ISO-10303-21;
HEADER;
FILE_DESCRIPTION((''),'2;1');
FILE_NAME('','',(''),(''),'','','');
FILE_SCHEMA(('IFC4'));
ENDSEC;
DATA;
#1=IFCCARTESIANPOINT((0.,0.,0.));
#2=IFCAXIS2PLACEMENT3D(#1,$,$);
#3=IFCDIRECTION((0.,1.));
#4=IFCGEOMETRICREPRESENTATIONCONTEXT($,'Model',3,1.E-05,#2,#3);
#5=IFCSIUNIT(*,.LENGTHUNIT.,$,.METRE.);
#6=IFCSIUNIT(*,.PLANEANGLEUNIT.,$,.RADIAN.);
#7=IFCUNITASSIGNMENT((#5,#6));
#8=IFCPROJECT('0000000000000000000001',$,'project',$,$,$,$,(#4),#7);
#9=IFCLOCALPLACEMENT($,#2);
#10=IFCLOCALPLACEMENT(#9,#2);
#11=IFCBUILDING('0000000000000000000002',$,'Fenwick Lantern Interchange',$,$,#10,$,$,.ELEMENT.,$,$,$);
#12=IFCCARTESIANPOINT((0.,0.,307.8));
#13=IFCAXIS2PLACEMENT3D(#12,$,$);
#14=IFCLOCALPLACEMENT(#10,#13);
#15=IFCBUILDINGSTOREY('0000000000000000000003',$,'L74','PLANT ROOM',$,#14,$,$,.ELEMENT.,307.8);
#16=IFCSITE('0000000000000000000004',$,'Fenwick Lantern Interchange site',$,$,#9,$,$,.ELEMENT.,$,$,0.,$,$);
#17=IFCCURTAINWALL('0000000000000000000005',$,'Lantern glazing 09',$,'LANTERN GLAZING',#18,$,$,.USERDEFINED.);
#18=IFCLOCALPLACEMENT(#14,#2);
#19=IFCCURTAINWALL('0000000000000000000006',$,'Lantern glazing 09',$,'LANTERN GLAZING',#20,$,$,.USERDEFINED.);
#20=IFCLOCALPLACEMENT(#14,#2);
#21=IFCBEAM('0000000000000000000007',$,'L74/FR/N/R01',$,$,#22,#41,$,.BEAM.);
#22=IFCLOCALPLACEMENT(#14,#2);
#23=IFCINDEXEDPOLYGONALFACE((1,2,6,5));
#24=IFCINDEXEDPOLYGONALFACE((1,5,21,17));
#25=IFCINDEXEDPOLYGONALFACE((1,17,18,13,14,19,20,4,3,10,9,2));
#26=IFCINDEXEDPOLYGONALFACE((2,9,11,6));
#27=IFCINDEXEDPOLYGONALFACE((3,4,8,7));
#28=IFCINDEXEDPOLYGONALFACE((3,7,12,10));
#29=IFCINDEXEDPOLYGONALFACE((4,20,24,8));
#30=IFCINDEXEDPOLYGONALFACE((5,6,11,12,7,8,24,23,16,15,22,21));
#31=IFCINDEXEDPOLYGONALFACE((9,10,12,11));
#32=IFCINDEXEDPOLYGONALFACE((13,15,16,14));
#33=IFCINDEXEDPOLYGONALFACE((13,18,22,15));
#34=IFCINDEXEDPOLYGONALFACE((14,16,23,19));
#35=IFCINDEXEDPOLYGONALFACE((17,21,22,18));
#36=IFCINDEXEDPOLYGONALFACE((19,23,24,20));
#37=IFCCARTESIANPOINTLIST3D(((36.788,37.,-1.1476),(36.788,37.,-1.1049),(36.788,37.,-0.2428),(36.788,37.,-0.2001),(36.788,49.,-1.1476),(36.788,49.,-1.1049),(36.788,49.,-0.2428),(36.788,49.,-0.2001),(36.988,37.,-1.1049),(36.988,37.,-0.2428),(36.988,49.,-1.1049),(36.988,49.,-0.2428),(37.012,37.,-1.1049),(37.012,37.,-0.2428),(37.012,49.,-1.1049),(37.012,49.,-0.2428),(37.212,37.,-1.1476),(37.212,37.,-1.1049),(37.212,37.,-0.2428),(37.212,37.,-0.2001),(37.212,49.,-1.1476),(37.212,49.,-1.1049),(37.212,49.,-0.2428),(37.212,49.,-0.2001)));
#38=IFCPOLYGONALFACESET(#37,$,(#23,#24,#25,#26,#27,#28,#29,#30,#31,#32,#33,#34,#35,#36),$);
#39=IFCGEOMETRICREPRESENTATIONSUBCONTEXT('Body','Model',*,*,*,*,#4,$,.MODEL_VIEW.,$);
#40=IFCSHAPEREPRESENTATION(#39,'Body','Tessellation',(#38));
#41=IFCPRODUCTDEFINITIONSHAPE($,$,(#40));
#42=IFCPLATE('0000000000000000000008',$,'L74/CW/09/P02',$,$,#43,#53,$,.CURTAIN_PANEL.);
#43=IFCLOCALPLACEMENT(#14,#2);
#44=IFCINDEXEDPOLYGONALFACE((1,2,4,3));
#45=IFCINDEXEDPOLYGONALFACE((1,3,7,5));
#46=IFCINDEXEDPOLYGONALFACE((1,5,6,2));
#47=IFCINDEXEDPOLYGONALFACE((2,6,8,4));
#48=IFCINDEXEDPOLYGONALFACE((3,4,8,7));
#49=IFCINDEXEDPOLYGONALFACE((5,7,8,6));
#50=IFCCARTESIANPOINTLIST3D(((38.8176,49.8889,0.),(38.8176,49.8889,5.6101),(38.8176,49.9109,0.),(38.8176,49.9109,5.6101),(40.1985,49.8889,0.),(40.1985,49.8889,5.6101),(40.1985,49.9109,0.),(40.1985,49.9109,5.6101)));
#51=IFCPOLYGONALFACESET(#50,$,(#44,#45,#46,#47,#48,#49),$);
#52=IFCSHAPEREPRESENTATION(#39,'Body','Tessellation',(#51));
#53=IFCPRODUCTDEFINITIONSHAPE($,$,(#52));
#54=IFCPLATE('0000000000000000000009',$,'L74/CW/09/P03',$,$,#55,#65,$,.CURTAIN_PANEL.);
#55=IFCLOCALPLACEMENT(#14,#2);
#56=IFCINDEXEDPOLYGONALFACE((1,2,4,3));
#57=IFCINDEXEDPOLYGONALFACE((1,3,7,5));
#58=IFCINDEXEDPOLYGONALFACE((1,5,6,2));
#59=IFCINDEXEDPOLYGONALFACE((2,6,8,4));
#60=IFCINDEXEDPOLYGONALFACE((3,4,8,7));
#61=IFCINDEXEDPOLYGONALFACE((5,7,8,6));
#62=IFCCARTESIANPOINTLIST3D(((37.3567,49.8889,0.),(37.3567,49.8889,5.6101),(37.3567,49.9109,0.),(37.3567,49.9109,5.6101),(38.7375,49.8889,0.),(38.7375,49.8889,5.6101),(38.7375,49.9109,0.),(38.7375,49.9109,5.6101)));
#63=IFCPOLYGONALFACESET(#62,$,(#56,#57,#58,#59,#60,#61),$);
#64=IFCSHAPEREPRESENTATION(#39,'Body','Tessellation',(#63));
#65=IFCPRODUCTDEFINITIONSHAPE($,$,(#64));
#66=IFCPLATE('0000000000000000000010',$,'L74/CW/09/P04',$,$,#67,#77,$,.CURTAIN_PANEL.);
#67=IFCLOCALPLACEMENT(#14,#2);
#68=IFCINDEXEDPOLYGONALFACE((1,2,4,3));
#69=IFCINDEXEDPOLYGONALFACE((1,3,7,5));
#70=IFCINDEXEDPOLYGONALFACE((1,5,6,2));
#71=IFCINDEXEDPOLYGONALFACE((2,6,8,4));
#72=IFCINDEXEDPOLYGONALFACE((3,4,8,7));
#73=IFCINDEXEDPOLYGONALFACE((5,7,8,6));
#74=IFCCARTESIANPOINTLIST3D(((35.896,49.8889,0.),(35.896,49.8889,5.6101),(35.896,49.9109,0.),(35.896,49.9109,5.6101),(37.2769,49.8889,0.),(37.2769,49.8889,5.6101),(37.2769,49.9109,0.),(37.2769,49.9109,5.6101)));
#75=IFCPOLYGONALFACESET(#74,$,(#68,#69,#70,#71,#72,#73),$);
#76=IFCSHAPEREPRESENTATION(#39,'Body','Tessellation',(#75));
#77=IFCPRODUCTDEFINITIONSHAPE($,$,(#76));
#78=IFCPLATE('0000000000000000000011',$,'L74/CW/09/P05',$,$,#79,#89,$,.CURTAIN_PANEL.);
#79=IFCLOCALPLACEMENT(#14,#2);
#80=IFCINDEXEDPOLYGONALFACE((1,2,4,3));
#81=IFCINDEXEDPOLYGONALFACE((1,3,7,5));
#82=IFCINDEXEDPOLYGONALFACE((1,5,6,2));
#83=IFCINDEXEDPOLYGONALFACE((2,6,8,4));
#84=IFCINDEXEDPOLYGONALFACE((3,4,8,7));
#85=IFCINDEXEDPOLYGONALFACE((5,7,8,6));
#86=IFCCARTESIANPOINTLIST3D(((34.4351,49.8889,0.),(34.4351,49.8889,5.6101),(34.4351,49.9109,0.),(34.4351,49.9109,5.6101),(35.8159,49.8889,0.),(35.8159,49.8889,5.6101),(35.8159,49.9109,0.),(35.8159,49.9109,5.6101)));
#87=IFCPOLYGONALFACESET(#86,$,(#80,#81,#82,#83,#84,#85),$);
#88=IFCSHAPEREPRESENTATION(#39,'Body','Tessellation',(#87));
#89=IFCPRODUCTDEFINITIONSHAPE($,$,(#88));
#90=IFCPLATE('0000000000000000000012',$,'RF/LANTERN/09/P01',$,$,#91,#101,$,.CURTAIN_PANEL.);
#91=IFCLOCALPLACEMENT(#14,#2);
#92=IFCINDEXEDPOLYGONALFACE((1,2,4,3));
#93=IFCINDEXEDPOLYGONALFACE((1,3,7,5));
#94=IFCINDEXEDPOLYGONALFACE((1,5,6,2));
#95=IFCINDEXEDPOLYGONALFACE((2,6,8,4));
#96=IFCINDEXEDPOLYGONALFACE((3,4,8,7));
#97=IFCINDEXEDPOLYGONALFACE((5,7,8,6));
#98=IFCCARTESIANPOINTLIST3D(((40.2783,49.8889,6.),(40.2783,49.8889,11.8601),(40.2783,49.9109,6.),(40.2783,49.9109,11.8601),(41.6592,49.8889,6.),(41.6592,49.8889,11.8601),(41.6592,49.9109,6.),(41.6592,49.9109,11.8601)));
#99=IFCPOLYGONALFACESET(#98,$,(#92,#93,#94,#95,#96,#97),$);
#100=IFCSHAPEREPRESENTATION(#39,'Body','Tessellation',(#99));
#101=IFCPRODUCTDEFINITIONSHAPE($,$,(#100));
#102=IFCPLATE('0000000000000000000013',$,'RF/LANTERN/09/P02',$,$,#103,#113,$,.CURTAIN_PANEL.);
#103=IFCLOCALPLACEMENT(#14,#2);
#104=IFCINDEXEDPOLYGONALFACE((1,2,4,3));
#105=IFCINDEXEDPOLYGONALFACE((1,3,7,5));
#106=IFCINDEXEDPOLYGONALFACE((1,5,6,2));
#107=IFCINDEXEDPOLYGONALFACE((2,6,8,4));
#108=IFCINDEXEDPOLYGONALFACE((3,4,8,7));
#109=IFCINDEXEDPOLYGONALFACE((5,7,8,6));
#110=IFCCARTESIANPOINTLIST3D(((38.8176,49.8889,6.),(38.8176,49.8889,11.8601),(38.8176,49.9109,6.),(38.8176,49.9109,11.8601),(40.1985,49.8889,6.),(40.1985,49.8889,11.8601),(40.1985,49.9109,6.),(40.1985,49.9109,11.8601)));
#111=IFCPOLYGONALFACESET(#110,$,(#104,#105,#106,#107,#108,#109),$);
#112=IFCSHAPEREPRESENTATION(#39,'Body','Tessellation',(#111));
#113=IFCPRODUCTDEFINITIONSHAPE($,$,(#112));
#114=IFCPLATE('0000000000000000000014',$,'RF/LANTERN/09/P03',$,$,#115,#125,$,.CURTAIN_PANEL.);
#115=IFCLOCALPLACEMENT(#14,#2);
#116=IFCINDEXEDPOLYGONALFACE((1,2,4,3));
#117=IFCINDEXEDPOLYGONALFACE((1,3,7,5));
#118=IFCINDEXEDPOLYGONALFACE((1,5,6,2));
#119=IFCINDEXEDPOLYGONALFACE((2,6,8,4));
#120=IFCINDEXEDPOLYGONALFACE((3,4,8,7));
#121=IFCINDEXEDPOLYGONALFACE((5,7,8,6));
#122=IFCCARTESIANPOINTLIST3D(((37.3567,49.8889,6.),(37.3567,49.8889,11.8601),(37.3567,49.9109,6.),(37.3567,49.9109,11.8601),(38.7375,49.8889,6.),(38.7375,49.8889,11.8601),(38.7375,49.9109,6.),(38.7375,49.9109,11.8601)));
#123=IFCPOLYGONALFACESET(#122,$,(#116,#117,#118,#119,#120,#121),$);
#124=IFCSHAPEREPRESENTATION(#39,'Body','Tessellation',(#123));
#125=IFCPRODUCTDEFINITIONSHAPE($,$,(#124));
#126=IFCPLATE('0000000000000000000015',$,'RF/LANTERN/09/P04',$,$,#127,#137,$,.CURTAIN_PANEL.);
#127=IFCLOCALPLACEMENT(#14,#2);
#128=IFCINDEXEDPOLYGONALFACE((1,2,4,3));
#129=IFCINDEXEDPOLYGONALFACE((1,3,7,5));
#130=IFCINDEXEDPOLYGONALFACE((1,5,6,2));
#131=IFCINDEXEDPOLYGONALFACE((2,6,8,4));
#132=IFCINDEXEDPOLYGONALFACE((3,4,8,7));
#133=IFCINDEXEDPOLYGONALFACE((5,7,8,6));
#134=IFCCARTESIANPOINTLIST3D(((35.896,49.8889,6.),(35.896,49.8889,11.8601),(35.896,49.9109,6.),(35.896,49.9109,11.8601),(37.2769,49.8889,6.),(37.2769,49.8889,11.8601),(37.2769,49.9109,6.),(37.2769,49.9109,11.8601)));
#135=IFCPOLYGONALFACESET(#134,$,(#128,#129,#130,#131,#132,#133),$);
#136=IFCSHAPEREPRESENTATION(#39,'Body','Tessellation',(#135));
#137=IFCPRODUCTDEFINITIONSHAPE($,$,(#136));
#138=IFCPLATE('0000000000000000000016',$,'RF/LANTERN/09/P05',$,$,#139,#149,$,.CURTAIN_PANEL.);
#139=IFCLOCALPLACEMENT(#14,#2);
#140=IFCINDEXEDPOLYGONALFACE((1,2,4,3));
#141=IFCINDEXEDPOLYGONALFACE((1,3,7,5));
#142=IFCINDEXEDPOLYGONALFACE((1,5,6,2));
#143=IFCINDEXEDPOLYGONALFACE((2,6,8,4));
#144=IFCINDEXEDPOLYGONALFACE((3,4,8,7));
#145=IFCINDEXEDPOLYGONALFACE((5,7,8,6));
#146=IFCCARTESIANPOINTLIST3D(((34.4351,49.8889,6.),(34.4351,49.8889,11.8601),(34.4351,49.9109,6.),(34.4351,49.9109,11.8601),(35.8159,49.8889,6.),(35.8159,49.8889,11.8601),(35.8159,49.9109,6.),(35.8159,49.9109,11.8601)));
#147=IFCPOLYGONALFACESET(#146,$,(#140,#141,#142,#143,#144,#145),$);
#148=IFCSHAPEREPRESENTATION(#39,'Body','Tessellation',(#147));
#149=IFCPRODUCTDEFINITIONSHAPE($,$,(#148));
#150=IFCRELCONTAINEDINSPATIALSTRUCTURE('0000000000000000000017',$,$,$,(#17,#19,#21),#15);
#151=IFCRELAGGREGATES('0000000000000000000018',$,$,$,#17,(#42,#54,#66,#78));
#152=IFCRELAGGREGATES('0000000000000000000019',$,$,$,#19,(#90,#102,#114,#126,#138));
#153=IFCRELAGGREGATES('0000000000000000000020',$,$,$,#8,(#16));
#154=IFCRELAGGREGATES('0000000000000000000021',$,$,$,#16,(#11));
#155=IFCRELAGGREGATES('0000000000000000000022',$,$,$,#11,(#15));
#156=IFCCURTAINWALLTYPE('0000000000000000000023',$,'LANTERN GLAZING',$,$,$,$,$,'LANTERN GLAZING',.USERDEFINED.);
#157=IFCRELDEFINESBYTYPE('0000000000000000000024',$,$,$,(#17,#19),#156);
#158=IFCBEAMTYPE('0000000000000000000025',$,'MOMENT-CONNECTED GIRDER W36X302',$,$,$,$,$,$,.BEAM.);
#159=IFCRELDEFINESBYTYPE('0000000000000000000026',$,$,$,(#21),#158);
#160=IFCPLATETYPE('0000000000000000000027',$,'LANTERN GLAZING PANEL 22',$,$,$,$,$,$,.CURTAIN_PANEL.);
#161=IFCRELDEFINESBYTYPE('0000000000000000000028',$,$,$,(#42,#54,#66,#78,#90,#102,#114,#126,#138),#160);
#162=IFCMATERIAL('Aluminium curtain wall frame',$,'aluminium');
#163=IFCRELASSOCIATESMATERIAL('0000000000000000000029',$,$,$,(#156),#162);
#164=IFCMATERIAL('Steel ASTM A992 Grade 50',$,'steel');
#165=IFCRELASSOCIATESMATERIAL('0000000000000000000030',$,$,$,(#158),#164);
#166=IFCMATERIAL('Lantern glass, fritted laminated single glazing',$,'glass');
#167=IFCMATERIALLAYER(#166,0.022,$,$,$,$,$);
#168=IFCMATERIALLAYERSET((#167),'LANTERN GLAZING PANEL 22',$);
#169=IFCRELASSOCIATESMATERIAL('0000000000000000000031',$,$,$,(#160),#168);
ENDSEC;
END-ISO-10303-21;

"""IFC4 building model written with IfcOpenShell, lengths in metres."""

from ifc_helpers import new_model, si_unit, direction, frame, origin, origin_2d, place, context, subcontext, project, spatial, rectangle, i_section, extrude, material, layer, layer_set, material_profile, profile_set, type_object, element, aggregate, save


model = new_model("IFC4")

# Units and contexts
model_context = context("Model", 3, precision=1e-05, world=origin(), true_north=direction((0.0, 1.0)))
body_context = subcontext(model_context, "Body", "Model", "MODEL_VIEW")
ifc_project = project(units=[si_unit("LENGTHUNIT", "METRE"), si_unit("PLANEANGLEUNIT", "RADIAN")], contexts=[model_context])

# Site, building, storey
site_placement = place(None, origin())
site = spatial("IfcSite", under=ifc_project, at=site_placement, Name="Fenwick Lantern Interchange site", CompositionType="ELEMENT", RefElevation=0.0)
building_placement = place(site_placement, origin())
building = spatial("IfcBuilding", under=site, at=building_placement, Name="Fenwick Lantern Interchange", CompositionType="ELEMENT")
storey_placement = place(building_placement, frame((0.0, 0.0, 307.8)))
storey = spatial("IfcBuildingStorey", under=building, at=storey_placement, Name="L74", Description="PLANT ROOM", CompositionType="ELEMENT", Elevation=307.8)

# Shared definitions
ifc_material_1 = material(Name="Steel ASTM A992 Grade 50", Category="steel")

# Curtain walls
ifc_material_2 = material(Name="Aluminium curtain wall frame", Category="aluminium")
curtain_wall_type = type_object("IfcCurtainWallType", Name="LANTERN GLAZING", ElementType="LANTERN GLAZING", PredefinedType="USERDEFINED", material=ifc_material_2)
curtain_wall_1_placement = place(storey_placement, origin())
curtain_wall_1 = element("IfcCurtainWall", 1, at=curtain_wall_1_placement, inside=storey, type_object=curtain_wall_type, Name="Lantern glazing 09", ObjectType="LANTERN GLAZING", PredefinedType="USERDEFINED")
curtain_wall_2_placement = place(storey_placement, origin())
curtain_wall_2 = element("IfcCurtainWall", 2, at=curtain_wall_2_placement, inside=storey, type_object=curtain_wall_type, Name="Lantern glazing 09", ObjectType="LANTERN GLAZING", PredefinedType="USERDEFINED")

# Beam
ifc_material_profile_1 = material_profile(ifc_material_1, i_section(OverallWidth=0.4241, OverallDepth=0.9475, WebThickness=0.0239, FlangeThickness=0.0427, at=origin_2d()), Name="W36X302")
ifc_profile_set_1 = profile_set([ifc_material_profile_1], Name="Steel ASTM A992 Grade 50")
beam_type_1 = type_object("IfcBeamType", Name="MOMENT-CONNECTED GIRDER W36X302", PredefinedType="BEAM", material=ifc_profile_set_1)
beam_1_placement = place(storey_placement, frame((37.0, 49.0, -0.6738), z_axis=(0.0, -1.0, 0.0), x_axis=(1.0, 0.0, 0.0)))
element("IfcBeam", 3, at=beam_1_placement, inside=storey, type_object=beam_type_1, Name="L74/FR/N/R01", PredefinedType="BEAM", context=body_context, shape_type="SweptSolid", body=[
    extrude(i_section(OverallWidth=0.4241, OverallDepth=0.9475, WebThickness=0.0239, FlangeThickness=0.0427, at=origin_2d()), origin(), (0.0, 0.0, 1.0), 12.0),
])

# Plates
ifc_material_3 = material(Name="Lantern glass, fritted laminated single glazing", Category="glass")
ifc_layer = layer(ifc_material_3, 0.022)
ifc_layer_set = layer_set([ifc_layer], Name="LANTERN GLAZING PANEL 22")
plate_type = type_object("IfcPlateType", Name="LANTERN GLAZING PANEL 22", PredefinedType="CURTAIN_PANEL", material=ifc_layer_set)
plate_1_placement = place(storey_placement, frame((39.5081, 49.8999, 0.0), z_axis=(0.0, 0.0, 1.0), x_axis=(-1.0, 0.0, 0.0)))
plate_1 = element("IfcPlate", 4, at=plate_1_placement, type_object=plate_type, Name="L74/CW/09/P02", PredefinedType="CURTAIN_PANEL", context=body_context, shape_type="SweptSolid", body=[
    extrude(rectangle(XDim=1.3809, YDim=0.022, at=origin_2d()), origin(), (0.0, 0.0, 1.0), 5.6101),
])
plate_2_placement = place(storey_placement, frame((38.0471, 49.8999, 0.0), z_axis=(0.0, 0.0, 1.0), x_axis=(-1.0, 0.0, 0.0)))
plate_2 = element("IfcPlate", 5, at=plate_2_placement, type_object=plate_type, Name="L74/CW/09/P03", PredefinedType="CURTAIN_PANEL", context=body_context, shape_type="SweptSolid", body=[
    extrude(rectangle(XDim=1.3809, YDim=0.022, at=origin_2d()), origin(), (0.0, 0.0, 1.0), 5.6101),
])
plate_3_placement = place(storey_placement, frame((36.5864, 49.8999, 0.0), z_axis=(0.0, 0.0, 1.0), x_axis=(-1.0, 0.0, 0.0)))
plate_3 = element("IfcPlate", 6, at=plate_3_placement, type_object=plate_type, Name="L74/CW/09/P04", PredefinedType="CURTAIN_PANEL", context=body_context, shape_type="SweptSolid", body=[
    extrude(rectangle(XDim=1.3809, YDim=0.022, at=origin_2d()), origin(), (0.0, 0.0, 1.0), 5.6101),
])
plate_4_placement = place(storey_placement, frame((35.1255, 49.8999, 0.0), z_axis=(0.0, 0.0, 1.0), x_axis=(-1.0, 0.0, 0.0)))
plate_4 = element("IfcPlate", 7, at=plate_4_placement, type_object=plate_type, Name="L74/CW/09/P05", PredefinedType="CURTAIN_PANEL", context=body_context, shape_type="SweptSolid", body=[
    extrude(rectangle(XDim=1.3809, YDim=0.022, at=origin_2d()), origin(), (0.0, 0.0, 1.0), 5.6101),
])
aggregate(curtain_wall_1, [plate_1, plate_2, plate_3, plate_4])
plate_5_placement = place(storey_placement, frame((40.9688, 49.8999, 6.0), z_axis=(0.0, 0.0, 1.0), x_axis=(-1.0, 0.0, 0.0)))
plate_5 = element("IfcPlate", 8, at=plate_5_placement, type_object=plate_type, Name="RF/LANTERN/09/P01", PredefinedType="CURTAIN_PANEL", context=body_context, shape_type="SweptSolid", body=[
    extrude(rectangle(XDim=1.3809, YDim=0.022, at=origin_2d()), origin(), (0.0, 0.0, 1.0), 5.8601),
])
plate_6_placement = place(storey_placement, frame((39.5081, 49.8999, 6.0), z_axis=(0.0, 0.0, 1.0), x_axis=(-1.0, 0.0, 0.0)))
plate_6 = element("IfcPlate", 9, at=plate_6_placement, type_object=plate_type, Name="RF/LANTERN/09/P02", PredefinedType="CURTAIN_PANEL", context=body_context, shape_type="SweptSolid", body=[
    extrude(rectangle(XDim=1.3809, YDim=0.022, at=origin_2d()), origin(), (0.0, 0.0, 1.0), 5.8601),
])
plate_7_placement = place(storey_placement, frame((38.0471, 49.8999, 6.0), z_axis=(0.0, 0.0, 1.0), x_axis=(-1.0, 0.0, 0.0)))
plate_7 = element("IfcPlate", 10, at=plate_7_placement, type_object=plate_type, Name="RF/LANTERN/09/P03", PredefinedType="CURTAIN_PANEL", context=body_context, shape_type="SweptSolid", body=[
    extrude(rectangle(XDim=1.3809, YDim=0.022, at=origin_2d()), origin(), (0.0, 0.0, 1.0), 5.8601),
])
plate_8_placement = place(storey_placement, frame((36.5864, 49.8999, 6.0), z_axis=(0.0, 0.0, 1.0), x_axis=(-1.0, 0.0, 0.0)))
plate_8 = element("IfcPlate", 11, at=plate_8_placement, type_object=plate_type, Name="RF/LANTERN/09/P04", PredefinedType="CURTAIN_PANEL", context=body_context, shape_type="SweptSolid", body=[
    extrude(rectangle(XDim=1.3809, YDim=0.022, at=origin_2d()), origin(), (0.0, 0.0, 1.0), 5.8601),
])
plate_9_placement = place(storey_placement, frame((35.1255, 49.8999, 6.0), z_axis=(0.0, 0.0, 1.0), x_axis=(-1.0, 0.0, 0.0)))
plate_9 = element("IfcPlate", 12, at=plate_9_placement, type_object=plate_type, Name="RF/LANTERN/09/P05", PredefinedType="CURTAIN_PANEL", context=body_context, shape_type="SweptSolid", body=[
    extrude(rectangle(XDim=1.3809, YDim=0.022, at=origin_2d()), origin(), (0.0, 0.0, 1.0), 5.8601),
])
aggregate(curtain_wall_2, [plate_5, plate_6, plate_7, plate_8, plate_9])

save(model, "model.ifc")
